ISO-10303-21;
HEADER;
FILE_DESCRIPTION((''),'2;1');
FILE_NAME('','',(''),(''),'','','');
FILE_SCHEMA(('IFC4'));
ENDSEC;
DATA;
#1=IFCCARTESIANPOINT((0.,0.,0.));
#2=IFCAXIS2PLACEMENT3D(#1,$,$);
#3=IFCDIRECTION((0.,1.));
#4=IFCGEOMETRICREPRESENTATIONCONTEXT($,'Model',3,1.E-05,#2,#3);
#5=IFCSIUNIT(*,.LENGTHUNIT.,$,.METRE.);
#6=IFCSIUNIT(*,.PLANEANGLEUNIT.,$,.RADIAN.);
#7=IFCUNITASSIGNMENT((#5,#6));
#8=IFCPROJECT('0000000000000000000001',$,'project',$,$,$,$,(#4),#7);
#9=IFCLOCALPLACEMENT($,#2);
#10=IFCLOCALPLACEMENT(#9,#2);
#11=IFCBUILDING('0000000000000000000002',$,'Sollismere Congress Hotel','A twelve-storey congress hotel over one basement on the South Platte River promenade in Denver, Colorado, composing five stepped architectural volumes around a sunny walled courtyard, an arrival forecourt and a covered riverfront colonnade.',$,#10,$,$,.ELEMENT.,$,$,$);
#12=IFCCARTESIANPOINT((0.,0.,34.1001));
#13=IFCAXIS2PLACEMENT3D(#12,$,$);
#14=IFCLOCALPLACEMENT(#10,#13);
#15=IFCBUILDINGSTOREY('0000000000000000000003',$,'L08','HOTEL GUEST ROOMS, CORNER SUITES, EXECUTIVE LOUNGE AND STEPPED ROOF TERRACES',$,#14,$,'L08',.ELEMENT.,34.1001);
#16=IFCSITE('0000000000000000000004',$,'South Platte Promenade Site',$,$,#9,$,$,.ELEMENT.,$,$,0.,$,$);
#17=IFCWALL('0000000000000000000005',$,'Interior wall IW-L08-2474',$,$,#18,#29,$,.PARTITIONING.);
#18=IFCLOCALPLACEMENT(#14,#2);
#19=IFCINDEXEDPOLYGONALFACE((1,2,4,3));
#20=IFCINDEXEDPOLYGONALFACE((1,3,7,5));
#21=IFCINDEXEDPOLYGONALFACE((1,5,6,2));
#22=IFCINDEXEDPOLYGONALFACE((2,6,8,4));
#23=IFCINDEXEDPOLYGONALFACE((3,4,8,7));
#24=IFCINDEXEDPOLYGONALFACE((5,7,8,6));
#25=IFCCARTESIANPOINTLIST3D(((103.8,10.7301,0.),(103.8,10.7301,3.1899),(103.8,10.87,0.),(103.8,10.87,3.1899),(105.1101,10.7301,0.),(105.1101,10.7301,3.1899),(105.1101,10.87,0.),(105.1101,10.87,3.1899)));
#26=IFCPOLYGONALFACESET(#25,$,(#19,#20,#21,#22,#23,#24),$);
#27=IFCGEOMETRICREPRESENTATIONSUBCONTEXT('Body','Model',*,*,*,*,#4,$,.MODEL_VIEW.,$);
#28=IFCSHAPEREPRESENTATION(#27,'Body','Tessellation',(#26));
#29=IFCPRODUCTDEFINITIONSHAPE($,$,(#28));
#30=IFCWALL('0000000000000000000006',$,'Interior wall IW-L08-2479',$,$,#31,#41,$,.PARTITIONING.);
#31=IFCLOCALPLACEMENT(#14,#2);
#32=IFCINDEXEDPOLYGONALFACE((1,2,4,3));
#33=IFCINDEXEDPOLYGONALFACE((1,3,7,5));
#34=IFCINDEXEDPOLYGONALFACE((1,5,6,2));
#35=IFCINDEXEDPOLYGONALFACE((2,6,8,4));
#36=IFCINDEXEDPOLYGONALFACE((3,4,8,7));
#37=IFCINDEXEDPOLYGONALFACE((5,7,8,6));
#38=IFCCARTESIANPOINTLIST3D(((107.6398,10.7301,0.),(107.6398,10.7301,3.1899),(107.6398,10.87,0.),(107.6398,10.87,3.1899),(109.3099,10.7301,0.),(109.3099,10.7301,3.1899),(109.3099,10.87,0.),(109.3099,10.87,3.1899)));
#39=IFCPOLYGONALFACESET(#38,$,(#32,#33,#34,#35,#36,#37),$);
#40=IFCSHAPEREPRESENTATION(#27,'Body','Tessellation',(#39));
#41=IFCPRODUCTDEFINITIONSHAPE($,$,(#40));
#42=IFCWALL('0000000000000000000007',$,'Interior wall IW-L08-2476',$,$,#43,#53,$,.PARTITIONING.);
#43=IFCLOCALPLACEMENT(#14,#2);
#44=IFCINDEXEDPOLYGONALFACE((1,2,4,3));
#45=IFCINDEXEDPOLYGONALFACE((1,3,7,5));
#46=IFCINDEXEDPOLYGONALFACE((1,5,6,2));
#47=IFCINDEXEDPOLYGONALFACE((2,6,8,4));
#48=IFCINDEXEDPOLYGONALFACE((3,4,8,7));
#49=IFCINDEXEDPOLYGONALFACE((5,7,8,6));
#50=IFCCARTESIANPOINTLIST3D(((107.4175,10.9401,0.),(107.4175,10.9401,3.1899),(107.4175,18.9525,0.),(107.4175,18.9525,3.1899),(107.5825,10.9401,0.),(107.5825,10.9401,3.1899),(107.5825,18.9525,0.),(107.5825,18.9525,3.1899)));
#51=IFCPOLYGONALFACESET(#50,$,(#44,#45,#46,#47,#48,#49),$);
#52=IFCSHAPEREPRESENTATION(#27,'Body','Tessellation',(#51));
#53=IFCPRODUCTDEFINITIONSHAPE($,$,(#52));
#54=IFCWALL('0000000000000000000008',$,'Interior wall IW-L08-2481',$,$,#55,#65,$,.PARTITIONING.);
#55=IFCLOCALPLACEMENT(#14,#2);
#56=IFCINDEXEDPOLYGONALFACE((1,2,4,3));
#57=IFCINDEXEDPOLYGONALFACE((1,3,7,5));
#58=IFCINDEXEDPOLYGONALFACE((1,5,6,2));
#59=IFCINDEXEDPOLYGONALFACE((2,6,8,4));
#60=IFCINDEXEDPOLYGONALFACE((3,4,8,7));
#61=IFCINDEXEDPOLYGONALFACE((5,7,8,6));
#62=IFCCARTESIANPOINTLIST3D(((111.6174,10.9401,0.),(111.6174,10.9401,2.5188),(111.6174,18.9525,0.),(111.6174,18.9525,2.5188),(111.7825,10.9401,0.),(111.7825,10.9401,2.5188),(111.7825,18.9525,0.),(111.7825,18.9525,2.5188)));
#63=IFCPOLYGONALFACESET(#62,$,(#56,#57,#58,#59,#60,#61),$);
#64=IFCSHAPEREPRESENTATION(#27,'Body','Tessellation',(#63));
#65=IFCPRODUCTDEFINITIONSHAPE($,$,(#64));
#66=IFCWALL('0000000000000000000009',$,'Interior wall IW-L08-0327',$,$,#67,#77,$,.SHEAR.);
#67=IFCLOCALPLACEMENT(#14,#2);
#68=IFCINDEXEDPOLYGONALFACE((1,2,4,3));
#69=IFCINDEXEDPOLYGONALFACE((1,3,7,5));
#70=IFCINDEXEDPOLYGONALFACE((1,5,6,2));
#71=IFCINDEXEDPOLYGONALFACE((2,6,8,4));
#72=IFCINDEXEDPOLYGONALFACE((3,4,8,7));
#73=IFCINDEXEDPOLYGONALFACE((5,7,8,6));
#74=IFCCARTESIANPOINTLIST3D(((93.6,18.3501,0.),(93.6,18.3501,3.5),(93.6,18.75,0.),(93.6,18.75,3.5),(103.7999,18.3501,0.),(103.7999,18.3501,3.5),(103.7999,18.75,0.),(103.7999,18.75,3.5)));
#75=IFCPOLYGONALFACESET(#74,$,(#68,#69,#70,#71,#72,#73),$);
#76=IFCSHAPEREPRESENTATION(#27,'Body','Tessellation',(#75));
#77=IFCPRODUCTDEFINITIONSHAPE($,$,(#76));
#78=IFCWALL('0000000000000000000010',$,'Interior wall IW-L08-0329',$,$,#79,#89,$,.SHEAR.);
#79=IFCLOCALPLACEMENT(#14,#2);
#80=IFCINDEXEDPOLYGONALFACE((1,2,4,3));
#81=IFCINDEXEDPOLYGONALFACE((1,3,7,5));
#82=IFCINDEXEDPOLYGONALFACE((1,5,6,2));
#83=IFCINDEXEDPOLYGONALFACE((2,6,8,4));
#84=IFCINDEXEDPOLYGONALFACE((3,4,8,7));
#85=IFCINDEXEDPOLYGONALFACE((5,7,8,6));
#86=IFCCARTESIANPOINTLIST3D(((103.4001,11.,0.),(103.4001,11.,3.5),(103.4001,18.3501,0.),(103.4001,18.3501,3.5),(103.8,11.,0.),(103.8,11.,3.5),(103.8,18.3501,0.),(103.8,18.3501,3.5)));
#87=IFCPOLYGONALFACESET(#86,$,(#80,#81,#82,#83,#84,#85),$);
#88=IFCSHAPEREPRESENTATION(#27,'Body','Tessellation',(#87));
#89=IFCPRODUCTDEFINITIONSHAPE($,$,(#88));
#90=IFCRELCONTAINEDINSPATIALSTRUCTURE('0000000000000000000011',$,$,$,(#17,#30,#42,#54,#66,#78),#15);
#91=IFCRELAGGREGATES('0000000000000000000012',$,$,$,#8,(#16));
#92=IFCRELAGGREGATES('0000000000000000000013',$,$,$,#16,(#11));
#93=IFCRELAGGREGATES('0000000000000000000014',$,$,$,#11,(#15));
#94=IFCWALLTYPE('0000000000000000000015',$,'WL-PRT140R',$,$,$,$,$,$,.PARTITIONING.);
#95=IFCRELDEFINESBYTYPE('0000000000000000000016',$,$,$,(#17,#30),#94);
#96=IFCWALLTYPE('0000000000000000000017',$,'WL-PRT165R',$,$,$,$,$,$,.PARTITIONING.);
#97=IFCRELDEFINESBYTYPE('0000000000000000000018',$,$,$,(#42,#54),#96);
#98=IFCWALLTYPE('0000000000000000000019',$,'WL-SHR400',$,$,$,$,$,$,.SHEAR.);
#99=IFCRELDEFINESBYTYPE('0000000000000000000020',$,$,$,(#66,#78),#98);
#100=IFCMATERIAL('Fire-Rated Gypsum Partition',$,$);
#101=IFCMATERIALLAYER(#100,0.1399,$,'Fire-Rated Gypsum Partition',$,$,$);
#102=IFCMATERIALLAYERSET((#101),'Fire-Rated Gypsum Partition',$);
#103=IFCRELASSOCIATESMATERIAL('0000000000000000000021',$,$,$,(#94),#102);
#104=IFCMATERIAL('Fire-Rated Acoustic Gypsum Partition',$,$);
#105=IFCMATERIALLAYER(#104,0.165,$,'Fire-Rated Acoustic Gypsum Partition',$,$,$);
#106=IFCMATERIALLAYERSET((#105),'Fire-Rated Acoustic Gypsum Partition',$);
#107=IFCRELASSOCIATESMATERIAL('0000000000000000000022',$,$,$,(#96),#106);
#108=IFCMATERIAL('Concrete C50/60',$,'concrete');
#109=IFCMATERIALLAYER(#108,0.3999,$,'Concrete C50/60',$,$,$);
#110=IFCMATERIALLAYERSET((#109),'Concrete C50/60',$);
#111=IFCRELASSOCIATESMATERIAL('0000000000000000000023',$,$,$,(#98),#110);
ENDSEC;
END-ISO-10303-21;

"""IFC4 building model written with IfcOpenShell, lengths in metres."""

from ifc_helpers import new_model, si_unit, direction, frame, frame_2d, origin, place, context, subcontext, project, spatial, rectangle, extrude, material, layer, layer_set, type_object, element, save


model = new_model("IFC4")

# Units and contexts
model_context = context("Model", 3, precision=1e-05, world=origin(), true_north=direction((0.0, 1.0)))
body_context = subcontext(model_context, "Body", "Model", "MODEL_VIEW")
ifc_project = project(units=[si_unit("LENGTHUNIT", "METRE"), si_unit("PLANEANGLEUNIT", "RADIAN")], contexts=[model_context])

# Site, building, storey
site_placement = place(None, origin())
site = spatial("IfcSite", under=ifc_project, at=site_placement, Name="South Platte Promenade Site", CompositionType="ELEMENT", RefElevation=0.0)
building_placement = place(site_placement, origin())
building = spatial("IfcBuilding", under=site, at=building_placement, Name="Sollismere Congress Hotel", Description="A twelve-storey congress hotel over one basement on the South Platte River promenade in Denver, Colorado, composing five stepped architectural volumes around a sunny walled courtyard, an arrival forecourt and a covered riverfront colonnade.", CompositionType="ELEMENT")
storey_placement = place(building_placement, frame((0.0, 0.0, 34.1001)))
storey = spatial("IfcBuildingStorey", under=building, at=storey_placement, Name="L08", Description="HOTEL GUEST ROOMS, CORNER SUITES, EXECUTIVE LOUNGE AND STEPPED ROOF TERRACES", LongName="L08", CompositionType="ELEMENT", Elevation=34.1001)

# Wall
ifc_material_1 = material(Name="Fire-Rated Gypsum Partition")
ifc_layer_1 = layer(ifc_material_1, 0.1399, Name="Fire-Rated Gypsum Partition")
ifc_layer_set_1 = layer_set([ifc_layer_1], Name="Fire-Rated Gypsum Partition")
wall_type_1 = type_object("IfcWallType", Name="WL-PRT140R", PredefinedType="PARTITIONING", material=ifc_layer_set_1)
wall_1_placement = place(storey_placement, frame((103.8, 10.8, 0.0), z_axis=(0.0, 0.0, 1.0), x_axis=(1.0, 0.0, 0.0)))
element("IfcWall", 1, at=wall_1_placement, inside=storey, type_object=wall_type_1, Name="Interior wall IW-L08-2474", PredefinedType="PARTITIONING", context=body_context, shape_type="SweptSolid", body=[
    extrude(rectangle(XDim=1.3101, YDim=0.1399, at=frame_2d((0.655, 0.0))), origin(), (0.0, 0.0, 1.0), 3.1899),
])

# Wall
wall_2_placement = place(storey_placement, frame((107.6399, 10.8, 0.0), z_axis=(0.0, 0.0, 1.0), x_axis=(1.0, 0.0, 0.0)))
element("IfcWall", 2, at=wall_2_placement, inside=storey, type_object=wall_type_1, Name="Interior wall IW-L08-2479", PredefinedType="PARTITIONING", context=body_context, shape_type="SweptSolid", body=[
    extrude(rectangle(XDim=1.6702, YDim=0.1399, at=frame_2d((0.835, 0.0))), origin(), (0.0, 0.0, 1.0), 3.1899),
])

# Walls
ifc_material_2 = material(Name="Fire-Rated Acoustic Gypsum Partition")
ifc_layer_2 = layer(ifc_material_2, 0.165, Name="Fire-Rated Acoustic Gypsum Partition")
ifc_layer_set_2 = layer_set([ifc_layer_2], Name="Fire-Rated Acoustic Gypsum Partition")
wall_type_2 = type_object("IfcWallType", Name="WL-PRT165R", PredefinedType="PARTITIONING", material=ifc_layer_set_2)
wall_3_placement = place(storey_placement, frame((107.5, 10.9399, 0.0), z_axis=(0.0, 0.0, 1.0), x_axis=(0.0, 1.0, 0.0)))
element("IfcWall", 3, at=wall_3_placement, inside=storey, type_object=wall_type_2, Name="Interior wall IW-L08-2476", PredefinedType="PARTITIONING", context=body_context, shape_type="SweptSolid", body=[
    extrude(rectangle(XDim=8.0125, YDim=0.165, at=frame_2d((4.0063, 0.0))), origin(), (0.0, 0.0, 1.0), 3.1899),
])
wall_4_placement = place(storey_placement, frame((111.7, 10.9399, 0.0), z_axis=(0.0, 0.0, 1.0), x_axis=(0.0, 1.0, 0.0)))
element("IfcWall", 4, at=wall_4_placement, inside=storey, type_object=wall_type_2, Name="Interior wall IW-L08-2481", PredefinedType="PARTITIONING", context=body_context, shape_type="SweptSolid", body=[
    extrude(rectangle(XDim=8.0125, YDim=0.165, at=frame_2d((4.0063, 0.0))), origin(), (0.0, 0.0, 1.0), 2.5188),
])
ifc_material_3 = material(Name="Concrete C50/60", Category="concrete")
ifc_layer_3 = layer(ifc_material_3, 0.3999, Name="Concrete C50/60")
ifc_layer_set_3 = layer_set([ifc_layer_3], Name="Concrete C50/60")
wall_type_3 = type_object("IfcWallType", Name="WL-SHR400", PredefinedType="SHEAR", material=ifc_layer_set_3)
wall_5_placement = place(storey_placement, frame((103.8, 18.55, 0.0), z_axis=(0.0, 0.0, 1.0), x_axis=(-1.0, 0.0, 0.0)))
element("IfcWall", 5, at=wall_5_placement, inside=storey, type_object=wall_type_3, Name="Interior wall IW-L08-0327", PredefinedType="SHEAR", context=body_context, shape_type="SweptSolid", body=[
    extrude(rectangle(XDim=10.2, YDim=0.3999, at=frame_2d((5.1001, 0.0))), origin(), (0.0, 0.0, 1.0), 3.5),
])
wall_6_placement = place(storey_placement, frame((103.6001, 11.0, 0.0), z_axis=(0.0, 0.0, 1.0), x_axis=(0.0, 1.0, 0.0)))
element("IfcWall", 6, at=wall_6_placement, inside=storey, type_object=wall_type_3, Name="Interior wall IW-L08-0329", PredefinedType="SHEAR", context=body_context, shape_type="SweptSolid", body=[
    extrude(rectangle(XDim=7.3501, YDim=0.3999, at=frame_2d((3.675, 0.0))), origin(), (0.0, 0.0, 1.0), 3.5),
])

save(model, "model.ifc")
